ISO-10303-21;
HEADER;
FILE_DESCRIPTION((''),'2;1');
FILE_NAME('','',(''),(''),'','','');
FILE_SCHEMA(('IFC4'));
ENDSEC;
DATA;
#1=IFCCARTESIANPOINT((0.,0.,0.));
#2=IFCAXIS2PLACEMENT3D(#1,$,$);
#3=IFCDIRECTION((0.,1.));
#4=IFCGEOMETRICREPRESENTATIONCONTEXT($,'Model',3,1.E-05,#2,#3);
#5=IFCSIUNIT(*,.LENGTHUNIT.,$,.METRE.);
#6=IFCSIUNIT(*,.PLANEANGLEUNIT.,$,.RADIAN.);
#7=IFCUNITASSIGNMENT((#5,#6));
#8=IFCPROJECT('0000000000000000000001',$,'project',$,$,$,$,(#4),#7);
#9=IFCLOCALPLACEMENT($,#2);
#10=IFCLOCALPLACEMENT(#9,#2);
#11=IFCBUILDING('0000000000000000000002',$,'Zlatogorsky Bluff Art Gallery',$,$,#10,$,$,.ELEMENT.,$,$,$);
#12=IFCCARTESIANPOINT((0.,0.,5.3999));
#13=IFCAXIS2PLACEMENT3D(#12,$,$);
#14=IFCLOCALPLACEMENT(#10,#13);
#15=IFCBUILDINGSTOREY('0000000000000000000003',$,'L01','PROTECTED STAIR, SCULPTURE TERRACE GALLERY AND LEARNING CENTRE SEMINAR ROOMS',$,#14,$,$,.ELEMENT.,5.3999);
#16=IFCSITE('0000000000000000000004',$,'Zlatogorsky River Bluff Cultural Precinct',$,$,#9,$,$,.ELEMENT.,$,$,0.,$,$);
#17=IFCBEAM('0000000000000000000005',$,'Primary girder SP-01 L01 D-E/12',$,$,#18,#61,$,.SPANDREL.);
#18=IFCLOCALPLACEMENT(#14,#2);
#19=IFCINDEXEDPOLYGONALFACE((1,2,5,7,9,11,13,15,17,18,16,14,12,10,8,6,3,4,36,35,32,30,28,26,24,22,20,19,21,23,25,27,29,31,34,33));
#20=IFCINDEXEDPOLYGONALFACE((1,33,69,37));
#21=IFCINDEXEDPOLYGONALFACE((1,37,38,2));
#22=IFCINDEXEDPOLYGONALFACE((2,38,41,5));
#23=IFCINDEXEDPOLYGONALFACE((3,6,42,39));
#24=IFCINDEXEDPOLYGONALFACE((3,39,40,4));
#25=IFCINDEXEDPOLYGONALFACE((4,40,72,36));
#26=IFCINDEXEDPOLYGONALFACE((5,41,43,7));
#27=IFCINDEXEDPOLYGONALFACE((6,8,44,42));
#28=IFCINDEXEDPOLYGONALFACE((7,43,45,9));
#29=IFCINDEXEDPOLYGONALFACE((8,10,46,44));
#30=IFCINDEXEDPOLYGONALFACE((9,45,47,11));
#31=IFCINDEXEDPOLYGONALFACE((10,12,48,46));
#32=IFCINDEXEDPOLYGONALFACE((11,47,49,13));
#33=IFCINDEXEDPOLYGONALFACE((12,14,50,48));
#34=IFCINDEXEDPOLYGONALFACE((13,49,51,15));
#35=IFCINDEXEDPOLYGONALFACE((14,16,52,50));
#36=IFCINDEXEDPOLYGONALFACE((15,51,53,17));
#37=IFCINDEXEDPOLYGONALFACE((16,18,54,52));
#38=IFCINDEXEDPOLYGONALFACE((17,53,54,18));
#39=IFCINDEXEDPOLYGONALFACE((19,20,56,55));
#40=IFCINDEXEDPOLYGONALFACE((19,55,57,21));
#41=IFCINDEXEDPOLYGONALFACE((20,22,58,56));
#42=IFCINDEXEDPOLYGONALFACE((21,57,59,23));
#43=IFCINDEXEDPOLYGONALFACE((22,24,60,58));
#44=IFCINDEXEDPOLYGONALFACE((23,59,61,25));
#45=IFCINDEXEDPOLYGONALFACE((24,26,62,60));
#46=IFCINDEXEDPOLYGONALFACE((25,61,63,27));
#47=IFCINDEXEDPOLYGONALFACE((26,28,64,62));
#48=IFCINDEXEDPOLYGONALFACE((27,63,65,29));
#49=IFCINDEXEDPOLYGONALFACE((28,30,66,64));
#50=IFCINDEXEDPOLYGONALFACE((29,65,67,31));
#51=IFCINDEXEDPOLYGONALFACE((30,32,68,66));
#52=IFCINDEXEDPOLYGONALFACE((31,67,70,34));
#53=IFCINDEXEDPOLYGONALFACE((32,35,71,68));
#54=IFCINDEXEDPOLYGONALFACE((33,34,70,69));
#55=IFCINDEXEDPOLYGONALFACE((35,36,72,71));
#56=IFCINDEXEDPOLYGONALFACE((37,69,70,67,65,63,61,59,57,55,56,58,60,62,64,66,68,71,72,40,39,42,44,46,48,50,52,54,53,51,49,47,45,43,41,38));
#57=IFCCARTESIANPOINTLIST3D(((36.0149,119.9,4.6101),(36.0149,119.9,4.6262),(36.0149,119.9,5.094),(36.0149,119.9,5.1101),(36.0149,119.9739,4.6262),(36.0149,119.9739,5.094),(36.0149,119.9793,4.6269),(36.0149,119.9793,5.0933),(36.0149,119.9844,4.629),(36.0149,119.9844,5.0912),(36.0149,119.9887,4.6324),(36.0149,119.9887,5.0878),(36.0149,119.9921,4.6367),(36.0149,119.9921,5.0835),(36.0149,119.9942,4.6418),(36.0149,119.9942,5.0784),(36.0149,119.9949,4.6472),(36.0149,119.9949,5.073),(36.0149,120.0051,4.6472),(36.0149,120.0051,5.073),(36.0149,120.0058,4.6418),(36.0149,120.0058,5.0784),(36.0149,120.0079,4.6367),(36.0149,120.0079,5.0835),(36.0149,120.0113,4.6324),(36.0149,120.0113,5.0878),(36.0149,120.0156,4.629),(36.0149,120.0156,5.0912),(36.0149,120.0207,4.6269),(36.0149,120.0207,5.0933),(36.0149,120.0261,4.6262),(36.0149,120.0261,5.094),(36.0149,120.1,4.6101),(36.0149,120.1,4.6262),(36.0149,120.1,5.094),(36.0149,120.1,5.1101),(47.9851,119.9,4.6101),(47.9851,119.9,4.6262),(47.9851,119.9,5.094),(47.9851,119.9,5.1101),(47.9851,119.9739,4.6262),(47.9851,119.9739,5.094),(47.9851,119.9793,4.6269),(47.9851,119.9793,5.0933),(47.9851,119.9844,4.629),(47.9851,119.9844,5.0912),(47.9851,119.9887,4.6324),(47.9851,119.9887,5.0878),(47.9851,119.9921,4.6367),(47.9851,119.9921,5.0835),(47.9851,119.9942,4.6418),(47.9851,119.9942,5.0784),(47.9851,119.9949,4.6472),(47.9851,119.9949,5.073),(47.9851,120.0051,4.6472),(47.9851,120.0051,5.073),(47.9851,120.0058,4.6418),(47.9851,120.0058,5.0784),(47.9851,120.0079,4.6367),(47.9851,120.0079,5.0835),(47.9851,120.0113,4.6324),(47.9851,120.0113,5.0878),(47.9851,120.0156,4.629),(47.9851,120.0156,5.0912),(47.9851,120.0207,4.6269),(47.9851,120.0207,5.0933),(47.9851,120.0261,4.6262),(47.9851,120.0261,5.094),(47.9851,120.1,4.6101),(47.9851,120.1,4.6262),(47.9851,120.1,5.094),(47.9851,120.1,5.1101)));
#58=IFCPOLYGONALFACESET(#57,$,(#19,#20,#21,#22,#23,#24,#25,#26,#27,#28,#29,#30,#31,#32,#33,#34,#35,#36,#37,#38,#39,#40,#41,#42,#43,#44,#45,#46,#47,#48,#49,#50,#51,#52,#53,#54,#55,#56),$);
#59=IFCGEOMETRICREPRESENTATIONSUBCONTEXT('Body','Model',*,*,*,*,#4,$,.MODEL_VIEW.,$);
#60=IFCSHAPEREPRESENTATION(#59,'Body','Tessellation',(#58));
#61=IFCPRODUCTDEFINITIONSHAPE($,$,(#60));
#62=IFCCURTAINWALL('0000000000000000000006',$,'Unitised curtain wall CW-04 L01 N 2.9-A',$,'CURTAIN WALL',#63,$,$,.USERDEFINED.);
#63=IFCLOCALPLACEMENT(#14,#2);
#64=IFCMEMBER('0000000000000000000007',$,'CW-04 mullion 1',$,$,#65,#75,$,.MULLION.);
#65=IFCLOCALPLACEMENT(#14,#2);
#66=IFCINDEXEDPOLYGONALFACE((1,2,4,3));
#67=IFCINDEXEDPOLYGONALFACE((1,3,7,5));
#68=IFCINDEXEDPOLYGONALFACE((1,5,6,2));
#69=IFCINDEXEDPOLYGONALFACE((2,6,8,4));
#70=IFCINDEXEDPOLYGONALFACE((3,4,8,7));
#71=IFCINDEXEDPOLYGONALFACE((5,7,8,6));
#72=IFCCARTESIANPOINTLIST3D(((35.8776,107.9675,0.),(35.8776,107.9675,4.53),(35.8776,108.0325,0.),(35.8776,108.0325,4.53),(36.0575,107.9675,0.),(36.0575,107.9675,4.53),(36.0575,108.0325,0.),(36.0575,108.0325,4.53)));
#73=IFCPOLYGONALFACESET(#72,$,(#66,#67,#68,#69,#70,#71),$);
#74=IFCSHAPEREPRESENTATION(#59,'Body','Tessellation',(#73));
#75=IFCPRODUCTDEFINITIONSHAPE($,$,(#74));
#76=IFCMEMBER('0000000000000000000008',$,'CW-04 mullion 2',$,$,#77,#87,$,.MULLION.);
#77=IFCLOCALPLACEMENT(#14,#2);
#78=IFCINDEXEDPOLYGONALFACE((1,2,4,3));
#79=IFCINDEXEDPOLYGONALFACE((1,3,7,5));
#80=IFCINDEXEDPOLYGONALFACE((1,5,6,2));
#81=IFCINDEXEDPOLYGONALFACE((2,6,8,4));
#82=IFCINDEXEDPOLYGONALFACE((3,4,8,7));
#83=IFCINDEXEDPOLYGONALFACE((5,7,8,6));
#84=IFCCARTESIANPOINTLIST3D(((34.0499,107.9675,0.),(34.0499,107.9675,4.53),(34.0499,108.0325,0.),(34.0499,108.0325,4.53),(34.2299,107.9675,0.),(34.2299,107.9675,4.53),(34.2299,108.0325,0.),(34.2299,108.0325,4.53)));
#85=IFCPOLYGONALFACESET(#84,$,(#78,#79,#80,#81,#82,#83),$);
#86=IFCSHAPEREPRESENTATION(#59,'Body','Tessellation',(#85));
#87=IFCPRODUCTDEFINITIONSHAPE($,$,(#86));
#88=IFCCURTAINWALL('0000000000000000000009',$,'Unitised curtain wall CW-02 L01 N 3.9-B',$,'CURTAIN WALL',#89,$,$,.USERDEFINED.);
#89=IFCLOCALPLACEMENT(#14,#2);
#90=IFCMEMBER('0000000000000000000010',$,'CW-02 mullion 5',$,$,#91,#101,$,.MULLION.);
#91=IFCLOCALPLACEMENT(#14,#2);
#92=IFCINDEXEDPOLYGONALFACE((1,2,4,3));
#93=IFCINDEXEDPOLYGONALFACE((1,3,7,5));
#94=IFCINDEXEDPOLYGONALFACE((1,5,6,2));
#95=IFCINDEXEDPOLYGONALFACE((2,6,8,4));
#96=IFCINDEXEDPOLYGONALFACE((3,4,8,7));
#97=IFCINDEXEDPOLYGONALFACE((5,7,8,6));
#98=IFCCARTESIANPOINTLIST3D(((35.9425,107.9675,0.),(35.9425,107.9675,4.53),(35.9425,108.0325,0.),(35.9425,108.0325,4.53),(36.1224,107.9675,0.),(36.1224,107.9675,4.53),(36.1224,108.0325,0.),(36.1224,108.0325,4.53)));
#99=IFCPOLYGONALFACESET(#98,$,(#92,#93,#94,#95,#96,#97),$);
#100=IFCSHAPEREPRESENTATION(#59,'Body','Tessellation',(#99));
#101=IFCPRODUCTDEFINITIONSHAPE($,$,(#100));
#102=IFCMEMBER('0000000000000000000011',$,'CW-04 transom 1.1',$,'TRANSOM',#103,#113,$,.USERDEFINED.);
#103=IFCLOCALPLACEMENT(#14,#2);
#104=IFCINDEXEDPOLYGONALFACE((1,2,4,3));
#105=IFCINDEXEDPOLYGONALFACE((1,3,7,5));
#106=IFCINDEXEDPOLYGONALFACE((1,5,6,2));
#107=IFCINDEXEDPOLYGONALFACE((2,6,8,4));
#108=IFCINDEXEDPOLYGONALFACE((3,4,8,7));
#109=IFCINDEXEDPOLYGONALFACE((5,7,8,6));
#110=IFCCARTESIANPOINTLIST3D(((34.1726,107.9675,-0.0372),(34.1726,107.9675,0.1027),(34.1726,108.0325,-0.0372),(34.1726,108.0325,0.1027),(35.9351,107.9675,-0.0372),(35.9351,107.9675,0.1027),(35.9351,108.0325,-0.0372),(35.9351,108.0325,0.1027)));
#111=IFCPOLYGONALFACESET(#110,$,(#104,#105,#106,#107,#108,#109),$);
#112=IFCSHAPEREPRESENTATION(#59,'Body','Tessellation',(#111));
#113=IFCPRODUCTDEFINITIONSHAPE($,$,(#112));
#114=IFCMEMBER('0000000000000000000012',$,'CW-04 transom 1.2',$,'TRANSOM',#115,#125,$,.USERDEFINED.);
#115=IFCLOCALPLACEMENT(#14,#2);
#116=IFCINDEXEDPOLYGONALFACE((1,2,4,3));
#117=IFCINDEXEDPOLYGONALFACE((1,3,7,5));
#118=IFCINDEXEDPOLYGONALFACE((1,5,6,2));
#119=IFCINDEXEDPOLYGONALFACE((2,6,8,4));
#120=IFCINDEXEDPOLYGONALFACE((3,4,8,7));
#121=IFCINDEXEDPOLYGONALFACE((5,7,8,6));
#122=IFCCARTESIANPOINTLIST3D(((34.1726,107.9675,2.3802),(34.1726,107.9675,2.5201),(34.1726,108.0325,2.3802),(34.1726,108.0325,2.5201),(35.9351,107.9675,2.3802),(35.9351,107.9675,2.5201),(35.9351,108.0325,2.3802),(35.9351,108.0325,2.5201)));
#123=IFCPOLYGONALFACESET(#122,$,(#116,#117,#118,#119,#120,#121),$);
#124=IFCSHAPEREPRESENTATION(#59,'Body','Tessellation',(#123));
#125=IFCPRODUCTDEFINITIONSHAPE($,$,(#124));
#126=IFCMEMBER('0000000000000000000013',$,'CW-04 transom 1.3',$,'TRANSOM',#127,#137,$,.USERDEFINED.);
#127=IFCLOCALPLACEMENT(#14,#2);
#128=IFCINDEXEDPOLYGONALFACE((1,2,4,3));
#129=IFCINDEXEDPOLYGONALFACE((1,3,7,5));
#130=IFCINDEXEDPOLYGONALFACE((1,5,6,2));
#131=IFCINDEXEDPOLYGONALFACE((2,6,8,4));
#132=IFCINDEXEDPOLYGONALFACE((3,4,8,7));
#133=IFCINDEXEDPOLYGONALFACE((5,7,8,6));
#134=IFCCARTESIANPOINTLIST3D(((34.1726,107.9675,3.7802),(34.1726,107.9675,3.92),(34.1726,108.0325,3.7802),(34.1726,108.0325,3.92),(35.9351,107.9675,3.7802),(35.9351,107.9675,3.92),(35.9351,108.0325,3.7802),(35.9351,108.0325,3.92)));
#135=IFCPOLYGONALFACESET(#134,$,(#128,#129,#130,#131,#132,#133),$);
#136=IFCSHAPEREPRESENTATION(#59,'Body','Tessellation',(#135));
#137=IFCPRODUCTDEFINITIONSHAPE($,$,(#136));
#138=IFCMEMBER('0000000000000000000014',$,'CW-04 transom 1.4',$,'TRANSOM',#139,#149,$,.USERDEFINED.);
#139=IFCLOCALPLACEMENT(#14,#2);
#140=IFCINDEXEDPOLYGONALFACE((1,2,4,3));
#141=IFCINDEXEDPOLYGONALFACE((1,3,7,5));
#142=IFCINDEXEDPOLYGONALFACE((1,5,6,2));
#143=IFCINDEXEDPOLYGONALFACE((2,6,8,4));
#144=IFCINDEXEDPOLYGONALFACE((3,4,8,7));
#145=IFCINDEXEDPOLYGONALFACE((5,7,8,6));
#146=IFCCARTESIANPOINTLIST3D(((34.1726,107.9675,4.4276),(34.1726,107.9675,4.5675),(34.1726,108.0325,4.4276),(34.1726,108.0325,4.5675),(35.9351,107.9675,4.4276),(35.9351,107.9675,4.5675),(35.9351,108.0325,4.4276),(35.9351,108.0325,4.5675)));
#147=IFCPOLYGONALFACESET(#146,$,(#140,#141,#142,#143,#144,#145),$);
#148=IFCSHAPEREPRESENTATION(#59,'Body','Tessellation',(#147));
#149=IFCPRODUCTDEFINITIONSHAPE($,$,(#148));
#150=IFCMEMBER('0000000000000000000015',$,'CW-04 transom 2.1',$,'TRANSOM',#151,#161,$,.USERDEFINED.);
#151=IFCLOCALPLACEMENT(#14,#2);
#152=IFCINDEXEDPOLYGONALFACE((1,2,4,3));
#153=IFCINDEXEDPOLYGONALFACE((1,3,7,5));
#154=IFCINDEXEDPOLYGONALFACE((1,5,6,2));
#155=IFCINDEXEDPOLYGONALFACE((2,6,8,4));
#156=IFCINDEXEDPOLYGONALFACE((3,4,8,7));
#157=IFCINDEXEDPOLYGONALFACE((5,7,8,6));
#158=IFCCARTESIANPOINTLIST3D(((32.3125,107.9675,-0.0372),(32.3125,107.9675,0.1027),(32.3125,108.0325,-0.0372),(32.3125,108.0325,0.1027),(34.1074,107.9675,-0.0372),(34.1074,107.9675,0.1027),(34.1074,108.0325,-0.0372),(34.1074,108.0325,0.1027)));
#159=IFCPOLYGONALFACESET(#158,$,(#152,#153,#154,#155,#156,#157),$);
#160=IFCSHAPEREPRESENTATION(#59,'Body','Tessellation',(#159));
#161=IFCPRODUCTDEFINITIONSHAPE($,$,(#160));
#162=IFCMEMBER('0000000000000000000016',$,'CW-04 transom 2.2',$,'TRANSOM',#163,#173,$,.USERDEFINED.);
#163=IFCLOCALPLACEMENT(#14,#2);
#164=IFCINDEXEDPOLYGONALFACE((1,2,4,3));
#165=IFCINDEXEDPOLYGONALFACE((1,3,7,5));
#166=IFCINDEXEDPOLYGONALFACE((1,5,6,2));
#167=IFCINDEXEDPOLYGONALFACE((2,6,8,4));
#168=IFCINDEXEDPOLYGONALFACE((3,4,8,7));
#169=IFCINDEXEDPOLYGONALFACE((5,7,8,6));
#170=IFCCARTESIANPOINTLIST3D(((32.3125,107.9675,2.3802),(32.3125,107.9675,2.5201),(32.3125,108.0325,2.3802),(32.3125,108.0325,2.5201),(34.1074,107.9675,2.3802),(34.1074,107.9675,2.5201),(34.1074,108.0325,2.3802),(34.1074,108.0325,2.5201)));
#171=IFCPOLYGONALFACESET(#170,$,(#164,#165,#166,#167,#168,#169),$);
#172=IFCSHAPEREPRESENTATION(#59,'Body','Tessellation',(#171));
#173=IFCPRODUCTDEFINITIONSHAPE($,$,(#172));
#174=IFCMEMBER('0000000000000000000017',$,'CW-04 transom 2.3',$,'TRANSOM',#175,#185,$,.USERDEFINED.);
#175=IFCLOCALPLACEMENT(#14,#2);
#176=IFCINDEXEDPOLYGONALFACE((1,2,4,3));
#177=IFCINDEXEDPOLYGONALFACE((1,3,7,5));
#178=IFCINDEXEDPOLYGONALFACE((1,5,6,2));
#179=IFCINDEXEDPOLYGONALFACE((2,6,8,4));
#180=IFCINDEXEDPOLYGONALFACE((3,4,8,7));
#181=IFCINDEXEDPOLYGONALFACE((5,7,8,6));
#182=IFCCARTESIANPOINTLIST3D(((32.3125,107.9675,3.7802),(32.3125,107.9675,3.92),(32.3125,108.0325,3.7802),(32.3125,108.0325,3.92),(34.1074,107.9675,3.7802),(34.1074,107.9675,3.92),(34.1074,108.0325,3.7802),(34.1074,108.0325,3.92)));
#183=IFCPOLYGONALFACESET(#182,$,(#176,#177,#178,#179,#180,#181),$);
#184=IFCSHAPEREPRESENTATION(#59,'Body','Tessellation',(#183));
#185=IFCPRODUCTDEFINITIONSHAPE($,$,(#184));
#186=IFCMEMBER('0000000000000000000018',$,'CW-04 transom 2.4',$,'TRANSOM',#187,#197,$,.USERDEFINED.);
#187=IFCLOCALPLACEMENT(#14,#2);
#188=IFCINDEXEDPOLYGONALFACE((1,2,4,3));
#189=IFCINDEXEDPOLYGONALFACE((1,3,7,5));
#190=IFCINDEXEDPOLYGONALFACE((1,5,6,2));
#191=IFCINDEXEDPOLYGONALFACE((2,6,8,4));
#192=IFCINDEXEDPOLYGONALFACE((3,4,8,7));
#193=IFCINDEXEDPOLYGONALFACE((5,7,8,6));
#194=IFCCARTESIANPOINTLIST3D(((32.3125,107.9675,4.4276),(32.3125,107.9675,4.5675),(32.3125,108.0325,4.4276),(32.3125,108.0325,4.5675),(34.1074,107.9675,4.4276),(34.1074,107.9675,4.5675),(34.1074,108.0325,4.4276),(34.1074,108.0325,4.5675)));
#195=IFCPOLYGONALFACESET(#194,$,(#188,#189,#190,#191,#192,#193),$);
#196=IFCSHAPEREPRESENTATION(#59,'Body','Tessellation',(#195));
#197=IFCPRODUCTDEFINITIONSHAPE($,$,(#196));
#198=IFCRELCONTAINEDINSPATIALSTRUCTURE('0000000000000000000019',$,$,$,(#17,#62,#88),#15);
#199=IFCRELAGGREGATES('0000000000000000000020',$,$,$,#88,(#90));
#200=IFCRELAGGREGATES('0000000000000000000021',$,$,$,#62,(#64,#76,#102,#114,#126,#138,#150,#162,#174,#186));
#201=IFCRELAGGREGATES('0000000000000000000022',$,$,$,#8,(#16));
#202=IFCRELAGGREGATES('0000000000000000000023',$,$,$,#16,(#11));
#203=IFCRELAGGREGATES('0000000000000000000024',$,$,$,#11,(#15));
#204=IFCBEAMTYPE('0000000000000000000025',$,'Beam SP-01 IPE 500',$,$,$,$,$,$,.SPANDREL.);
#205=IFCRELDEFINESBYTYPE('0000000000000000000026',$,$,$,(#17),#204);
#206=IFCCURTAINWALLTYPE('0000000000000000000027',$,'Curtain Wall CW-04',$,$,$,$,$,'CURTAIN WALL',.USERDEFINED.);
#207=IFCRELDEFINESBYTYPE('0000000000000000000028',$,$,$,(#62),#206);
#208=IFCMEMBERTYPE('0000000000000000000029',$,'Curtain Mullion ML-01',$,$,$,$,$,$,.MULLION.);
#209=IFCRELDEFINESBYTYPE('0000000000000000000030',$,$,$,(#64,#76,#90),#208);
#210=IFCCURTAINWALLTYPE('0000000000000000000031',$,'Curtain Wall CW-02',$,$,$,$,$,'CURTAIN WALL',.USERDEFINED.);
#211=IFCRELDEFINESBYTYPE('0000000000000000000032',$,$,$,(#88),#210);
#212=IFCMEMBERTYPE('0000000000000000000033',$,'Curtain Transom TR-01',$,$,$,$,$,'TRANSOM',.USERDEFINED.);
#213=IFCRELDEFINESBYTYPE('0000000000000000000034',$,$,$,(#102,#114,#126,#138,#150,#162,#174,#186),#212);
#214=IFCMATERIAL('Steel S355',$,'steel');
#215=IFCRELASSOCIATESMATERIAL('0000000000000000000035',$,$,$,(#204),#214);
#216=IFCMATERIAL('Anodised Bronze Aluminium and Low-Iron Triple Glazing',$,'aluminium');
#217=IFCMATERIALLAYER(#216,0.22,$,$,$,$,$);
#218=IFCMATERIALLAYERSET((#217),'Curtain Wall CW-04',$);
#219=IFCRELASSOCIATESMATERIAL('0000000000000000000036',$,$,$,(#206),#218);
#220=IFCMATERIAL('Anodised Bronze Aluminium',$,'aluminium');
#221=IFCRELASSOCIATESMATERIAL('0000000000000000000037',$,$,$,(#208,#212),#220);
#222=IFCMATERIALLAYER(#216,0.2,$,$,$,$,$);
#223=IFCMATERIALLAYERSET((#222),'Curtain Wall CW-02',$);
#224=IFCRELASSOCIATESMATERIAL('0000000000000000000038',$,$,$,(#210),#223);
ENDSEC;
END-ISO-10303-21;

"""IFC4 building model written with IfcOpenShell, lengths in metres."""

from ifc_helpers import new_model, si_unit, direction, frame, origin, origin_2d, place, context, subcontext, project, spatial, rectangle, i_section, extrude, material, layer, layer_set, material_profile, profile_set, type_object, element, aggregate, save


model = new_model("IFC4")

# Units and contexts
model_context = context("Model", 3, precision=1e-05, world=origin(), true_north=direction((0.0, 1.0)))
body_context = subcontext(model_context, "Body", "Model", "MODEL_VIEW")
ifc_project = project(units=[si_unit("LENGTHUNIT", "METRE"), si_unit("PLANEANGLEUNIT", "RADIAN")], contexts=[model_context])

# Site, building, storey
site_placement = place(None, origin())
site = spatial("IfcSite", under=ifc_project, at=site_placement, Name="Zlatogorsky River Bluff Cultural Precinct", CompositionType="ELEMENT", RefElevation=0.0)
building_placement = place(site_placement, origin())
building = spatial("IfcBuilding", under=site, at=building_placement, Name="Zlatogorsky Bluff Art Gallery", CompositionType="ELEMENT")
storey_placement = place(building_placement, frame((0.0, 0.0, 5.3999)))
storey = spatial("IfcBuildingStorey", under=building, at=storey_placement, Name="L01", Description="PROTECTED STAIR, SCULPTURE TERRACE GALLERY AND LEARNING CENTRE SEMINAR ROOMS", CompositionType="ELEMENT", Elevation=5.3999)

# Shared definitions
ifc_material_1 = material(Name="Steel S355", Category="steel")

# Beam
ifc_material_profile_1 = material_profile(ifc_material_1, i_section(OverallWidth=0.2, OverallDepth=0.5, WebThickness=0.0103, FlangeThickness=0.0161, FilletRadius=0.021, at=origin_2d()), Name="IPE 500")
ifc_profile_set_1 = profile_set([ifc_material_profile_1], Name="Steel S355")
beam_type_1 = type_object("IfcBeamType", Name="Beam SP-01 IPE 500", PredefinedType="SPANDREL", material=ifc_profile_set_1)
for number, where, z_axis, x_axis, name in (
    (1, (36.0149, 120.0, 4.8601), (1.0, 0.0, 0.0), (0.0, 1.0, 0.0), "Primary girder SP-01 L01 D-E/12"),
):
    element("IfcBeam", number, at=place(storey_placement, frame(where, z_axis=z_axis, x_axis=x_axis)), inside=storey, type_object=beam_type_1, Name=name, PredefinedType="SPANDREL", context=body_context, shape_type="SweptSolid", body=[
        extrude(i_section(OverallWidth=0.2, OverallDepth=0.5, WebThickness=0.0103, FlangeThickness=0.0161, FilletRadius=0.021, at=origin_2d()), origin(), (0.0, 0.0, 1.0), 11.9702),
    ])

# Curtain wall, members
ifc_material_2 = material(Name="Anodised Bronze Aluminium and Low-Iron Triple Glazing", Category="aluminium")
ifc_layer_1 = layer(ifc_material_2, 0.22)
ifc_layer_set_1 = layer_set([ifc_layer_1], Name="Curtain Wall CW-04")
curtain_wall_type_1 = type_object("IfcCurtainWallType", Name="Curtain Wall CW-04", ElementType="CURTAIN WALL", PredefinedType="USERDEFINED", material=ifc_layer_set_1)
curtain_wall_1_placement = place(storey_placement, origin())
curtain_wall_1 = element("IfcCurtainWall", 2, at=curtain_wall_1_placement, inside=storey, type_object=curtain_wall_type_1, Name="Unitised curtain wall CW-04 L01 N 2.9-A", ObjectType="CURTAIN WALL", PredefinedType="USERDEFINED")
ifc_material_3 = material(Name="Anodised Bronze Aluminium", Category="aluminium")
ifc_material_profile_2 = material_profile(ifc_material_3, rectangle(XDim=0.0649, YDim=0.1799, at=origin_2d()), Name="ALU MULLION 65x180")
ifc_profile_set_2 = profile_set([ifc_material_profile_2], Name="Anodised Bronze Aluminium")
member_type_1 = type_object("IfcMemberType", Name="Curtain Mullion ML-01", PredefinedType="MULLION", material=ifc_profile_set_2)
member_1_placement = place(storey_placement, frame((35.9675, 108.0, 0.0), z_axis=(0.0, 0.0, 1.0), x_axis=(0.0, -1.0, 0.0)))
member_1 = element("IfcMember", 3, at=member_1_placement, type_object=member_type_1, Name="CW-04 mullion 1", PredefinedType="MULLION", context=body_context, shape_type="SweptSolid", body=[
    extrude(rectangle(XDim=0.0649, YDim=0.1799, at=origin_2d()), origin(), (0.0, 0.0, 1.0), 4.53),
])
member_2_placement = place(storey_placement, frame((34.1399, 108.0, 0.0), z_axis=(0.0, 0.0, 1.0), x_axis=(0.0, -1.0, 0.0)))
member_2 = element("IfcMember", 4, at=member_2_placement, type_object=member_type_1, Name="CW-04 mullion 2", PredefinedType="MULLION", context=body_context, shape_type="SweptSolid", body=[
    extrude(rectangle(XDim=0.0649, YDim=0.1799, at=origin_2d()), origin(), (0.0, 0.0, 1.0), 4.53),
])

# Curtain wall, member
ifc_layer_2 = layer(ifc_material_2, 0.2)
ifc_layer_set_2 = layer_set([ifc_layer_2], Name="Curtain Wall CW-02")
curtain_wall_type_2 = type_object("IfcCurtainWallType", Name="Curtain Wall CW-02", ElementType="CURTAIN WALL", PredefinedType="USERDEFINED", material=ifc_layer_set_2)
curtain_wall_2_placement = place(storey_placement, origin())
curtain_wall_2 = element("IfcCurtainWall", 5, at=curtain_wall_2_placement, inside=storey, type_object=curtain_wall_type_2, Name="Unitised curtain wall CW-02 L01 N 3.9-B", ObjectType="CURTAIN WALL", PredefinedType="USERDEFINED")
member_3_placement = place(storey_placement, frame((36.0325, 108.0, 0.0), z_axis=(0.0, 0.0, 1.0), x_axis=(0.0, -1.0, 0.0)))
member_3 = element("IfcMember", 6, at=member_3_placement, type_object=member_type_1, Name="CW-02 mullion 5", PredefinedType="MULLION", context=body_context, shape_type="SweptSolid", body=[
    extrude(rectangle(XDim=0.0649, YDim=0.1799, at=origin_2d()), origin(), (0.0, 0.0, 1.0), 4.53),
])
aggregate(curtain_wall_2, [member_3])

# Members
ifc_material_profile_3 = material_profile(ifc_material_3, rectangle(XDim=0.0649, YDim=0.1399, at=origin_2d()), Name="ALU TRANSOM 65x140")
ifc_profile_set_3 = profile_set([ifc_material_profile_3], Name="Anodised Bronze Aluminium")
member_type_2 = type_object("IfcMemberType", Name="Curtain Transom TR-01", ElementType="TRANSOM", PredefinedType="USERDEFINED", material=ifc_profile_set_3)
member_4_placement = place(storey_placement, frame((35.9351, 108.0, 0.0327), z_axis=(-1.0, 0.0, 0.0), x_axis=(0.0, -1.0, 0.0)))
member_4 = element("IfcMember", 7, at=member_4_placement, type_object=member_type_2, Name="CW-04 transom 1.1", ObjectType="TRANSOM", PredefinedType="USERDEFINED", context=body_context, shape_type="SweptSolid", body=[
    extrude(rectangle(XDim=0.0649, YDim=0.1399, at=origin_2d()), origin(), (0.0, 0.0, 1.0), 1.7625),
])
member_5_placement = place(storey_placement, frame((35.9351, 108.0, 2.4502), z_axis=(-1.0, 0.0, 0.0), x_axis=(0.0, -1.0, 0.0)))
member_5 = element("IfcMember", 8, at=member_5_placement, type_object=member_type_2, Name="CW-04 transom 1.2", ObjectType="TRANSOM", PredefinedType="USERDEFINED", context=body_context, shape_type="SweptSolid", body=[
    extrude(rectangle(XDim=0.0649, YDim=0.1399, at=origin_2d()), origin(), (0.0, 0.0, 1.0), 1.7625),
])
member_6_placement = place(storey_placement, frame((35.9351, 108.0, 3.8501), z_axis=(-1.0, 0.0, 0.0), x_axis=(0.0, -1.0, 0.0)))
member_6 = element("IfcMember", 9, at=member_6_placement, type_object=member_type_2, Name="CW-04 transom 1.3", ObjectType="TRANSOM", PredefinedType="USERDEFINED", context=body_context, shape_type="SweptSolid", body=[
    extrude(rectangle(XDim=0.0649, YDim=0.1399, at=origin_2d()), origin(), (0.0, 0.0, 1.0), 1.7625),
])
member_7_placement = place(storey_placement, frame((35.9351, 108.0, 4.4976), z_axis=(-1.0, 0.0, 0.0), x_axis=(0.0, -1.0, 0.0)))
member_7 = element("IfcMember", 10, at=member_7_placement, type_object=member_type_2, Name="CW-04 transom 1.4", ObjectType="TRANSOM", PredefinedType="USERDEFINED", context=body_context, shape_type="SweptSolid", body=[
    extrude(rectangle(XDim=0.0649, YDim=0.1399, at=origin_2d()), origin(), (0.0, 0.0, 1.0), 1.7625),
])
member_8_placement = place(storey_placement, frame((34.1074, 108.0, 0.0327), z_axis=(-1.0, 0.0, 0.0), x_axis=(0.0, -1.0, 0.0)))
member_8 = element("IfcMember", 11, at=member_8_placement, type_object=member_type_2, Name="CW-04 transom 2.1", ObjectType="TRANSOM", PredefinedType="USERDEFINED", context=body_context, shape_type="SweptSolid", body=[
    extrude(rectangle(XDim=0.0649, YDim=0.1399, at=origin_2d()), origin(), (0.0, 0.0, 1.0), 1.7949),
])
member_9_placement = place(storey_placement, frame((34.1074, 108.0, 2.4502), z_axis=(-1.0, 0.0, 0.0), x_axis=(0.0, -1.0, 0.0)))
member_9 = element("IfcMember", 12, at=member_9_placement, type_object=member_type_2, Name="CW-04 transom 2.2", ObjectType="TRANSOM", PredefinedType="USERDEFINED", context=body_context, shape_type="SweptSolid", body=[
    extrude(rectangle(XDim=0.0649, YDim=0.1399, at=origin_2d()), origin(), (0.0, 0.0, 1.0), 1.7949),
])
member_10_placement = place(storey_placement, frame((34.1074, 108.0, 3.8501), z_axis=(-1.0, 0.0, 0.0), x_axis=(0.0, -1.0, 0.0)))
member_10 = element("IfcMember", 13, at=member_10_placement, type_object=member_type_2, Name="CW-04 transom 2.3", ObjectType="TRANSOM", PredefinedType="USERDEFINED", context=body_context, shape_type="SweptSolid", body=[
    extrude(rectangle(XDim=0.0649, YDim=0.1399, at=origin_2d()), origin(), (0.0, 0.0, 1.0), 1.7949),
])
member_11_placement = place(storey_placement, frame((34.1074, 108.0, 4.4976), z_axis=(-1.0, 0.0, 0.0), x_axis=(0.0, -1.0, 0.0)))
member_11 = element("IfcMember", 14, at=member_11_placement, type_object=member_type_2, Name="CW-04 transom 2.4", ObjectType="TRANSOM", PredefinedType="USERDEFINED", context=body_context, shape_type="SweptSolid", body=[
    extrude(rectangle(XDim=0.0649, YDim=0.1399, at=origin_2d()), origin(), (0.0, 0.0, 1.0), 1.7949),
])

aggregate(curtain_wall_1, [member_1, member_2, member_4, member_5, member_6, member_7, member_8, member_9, member_10, member_11])

save(model, "model.ifc")
